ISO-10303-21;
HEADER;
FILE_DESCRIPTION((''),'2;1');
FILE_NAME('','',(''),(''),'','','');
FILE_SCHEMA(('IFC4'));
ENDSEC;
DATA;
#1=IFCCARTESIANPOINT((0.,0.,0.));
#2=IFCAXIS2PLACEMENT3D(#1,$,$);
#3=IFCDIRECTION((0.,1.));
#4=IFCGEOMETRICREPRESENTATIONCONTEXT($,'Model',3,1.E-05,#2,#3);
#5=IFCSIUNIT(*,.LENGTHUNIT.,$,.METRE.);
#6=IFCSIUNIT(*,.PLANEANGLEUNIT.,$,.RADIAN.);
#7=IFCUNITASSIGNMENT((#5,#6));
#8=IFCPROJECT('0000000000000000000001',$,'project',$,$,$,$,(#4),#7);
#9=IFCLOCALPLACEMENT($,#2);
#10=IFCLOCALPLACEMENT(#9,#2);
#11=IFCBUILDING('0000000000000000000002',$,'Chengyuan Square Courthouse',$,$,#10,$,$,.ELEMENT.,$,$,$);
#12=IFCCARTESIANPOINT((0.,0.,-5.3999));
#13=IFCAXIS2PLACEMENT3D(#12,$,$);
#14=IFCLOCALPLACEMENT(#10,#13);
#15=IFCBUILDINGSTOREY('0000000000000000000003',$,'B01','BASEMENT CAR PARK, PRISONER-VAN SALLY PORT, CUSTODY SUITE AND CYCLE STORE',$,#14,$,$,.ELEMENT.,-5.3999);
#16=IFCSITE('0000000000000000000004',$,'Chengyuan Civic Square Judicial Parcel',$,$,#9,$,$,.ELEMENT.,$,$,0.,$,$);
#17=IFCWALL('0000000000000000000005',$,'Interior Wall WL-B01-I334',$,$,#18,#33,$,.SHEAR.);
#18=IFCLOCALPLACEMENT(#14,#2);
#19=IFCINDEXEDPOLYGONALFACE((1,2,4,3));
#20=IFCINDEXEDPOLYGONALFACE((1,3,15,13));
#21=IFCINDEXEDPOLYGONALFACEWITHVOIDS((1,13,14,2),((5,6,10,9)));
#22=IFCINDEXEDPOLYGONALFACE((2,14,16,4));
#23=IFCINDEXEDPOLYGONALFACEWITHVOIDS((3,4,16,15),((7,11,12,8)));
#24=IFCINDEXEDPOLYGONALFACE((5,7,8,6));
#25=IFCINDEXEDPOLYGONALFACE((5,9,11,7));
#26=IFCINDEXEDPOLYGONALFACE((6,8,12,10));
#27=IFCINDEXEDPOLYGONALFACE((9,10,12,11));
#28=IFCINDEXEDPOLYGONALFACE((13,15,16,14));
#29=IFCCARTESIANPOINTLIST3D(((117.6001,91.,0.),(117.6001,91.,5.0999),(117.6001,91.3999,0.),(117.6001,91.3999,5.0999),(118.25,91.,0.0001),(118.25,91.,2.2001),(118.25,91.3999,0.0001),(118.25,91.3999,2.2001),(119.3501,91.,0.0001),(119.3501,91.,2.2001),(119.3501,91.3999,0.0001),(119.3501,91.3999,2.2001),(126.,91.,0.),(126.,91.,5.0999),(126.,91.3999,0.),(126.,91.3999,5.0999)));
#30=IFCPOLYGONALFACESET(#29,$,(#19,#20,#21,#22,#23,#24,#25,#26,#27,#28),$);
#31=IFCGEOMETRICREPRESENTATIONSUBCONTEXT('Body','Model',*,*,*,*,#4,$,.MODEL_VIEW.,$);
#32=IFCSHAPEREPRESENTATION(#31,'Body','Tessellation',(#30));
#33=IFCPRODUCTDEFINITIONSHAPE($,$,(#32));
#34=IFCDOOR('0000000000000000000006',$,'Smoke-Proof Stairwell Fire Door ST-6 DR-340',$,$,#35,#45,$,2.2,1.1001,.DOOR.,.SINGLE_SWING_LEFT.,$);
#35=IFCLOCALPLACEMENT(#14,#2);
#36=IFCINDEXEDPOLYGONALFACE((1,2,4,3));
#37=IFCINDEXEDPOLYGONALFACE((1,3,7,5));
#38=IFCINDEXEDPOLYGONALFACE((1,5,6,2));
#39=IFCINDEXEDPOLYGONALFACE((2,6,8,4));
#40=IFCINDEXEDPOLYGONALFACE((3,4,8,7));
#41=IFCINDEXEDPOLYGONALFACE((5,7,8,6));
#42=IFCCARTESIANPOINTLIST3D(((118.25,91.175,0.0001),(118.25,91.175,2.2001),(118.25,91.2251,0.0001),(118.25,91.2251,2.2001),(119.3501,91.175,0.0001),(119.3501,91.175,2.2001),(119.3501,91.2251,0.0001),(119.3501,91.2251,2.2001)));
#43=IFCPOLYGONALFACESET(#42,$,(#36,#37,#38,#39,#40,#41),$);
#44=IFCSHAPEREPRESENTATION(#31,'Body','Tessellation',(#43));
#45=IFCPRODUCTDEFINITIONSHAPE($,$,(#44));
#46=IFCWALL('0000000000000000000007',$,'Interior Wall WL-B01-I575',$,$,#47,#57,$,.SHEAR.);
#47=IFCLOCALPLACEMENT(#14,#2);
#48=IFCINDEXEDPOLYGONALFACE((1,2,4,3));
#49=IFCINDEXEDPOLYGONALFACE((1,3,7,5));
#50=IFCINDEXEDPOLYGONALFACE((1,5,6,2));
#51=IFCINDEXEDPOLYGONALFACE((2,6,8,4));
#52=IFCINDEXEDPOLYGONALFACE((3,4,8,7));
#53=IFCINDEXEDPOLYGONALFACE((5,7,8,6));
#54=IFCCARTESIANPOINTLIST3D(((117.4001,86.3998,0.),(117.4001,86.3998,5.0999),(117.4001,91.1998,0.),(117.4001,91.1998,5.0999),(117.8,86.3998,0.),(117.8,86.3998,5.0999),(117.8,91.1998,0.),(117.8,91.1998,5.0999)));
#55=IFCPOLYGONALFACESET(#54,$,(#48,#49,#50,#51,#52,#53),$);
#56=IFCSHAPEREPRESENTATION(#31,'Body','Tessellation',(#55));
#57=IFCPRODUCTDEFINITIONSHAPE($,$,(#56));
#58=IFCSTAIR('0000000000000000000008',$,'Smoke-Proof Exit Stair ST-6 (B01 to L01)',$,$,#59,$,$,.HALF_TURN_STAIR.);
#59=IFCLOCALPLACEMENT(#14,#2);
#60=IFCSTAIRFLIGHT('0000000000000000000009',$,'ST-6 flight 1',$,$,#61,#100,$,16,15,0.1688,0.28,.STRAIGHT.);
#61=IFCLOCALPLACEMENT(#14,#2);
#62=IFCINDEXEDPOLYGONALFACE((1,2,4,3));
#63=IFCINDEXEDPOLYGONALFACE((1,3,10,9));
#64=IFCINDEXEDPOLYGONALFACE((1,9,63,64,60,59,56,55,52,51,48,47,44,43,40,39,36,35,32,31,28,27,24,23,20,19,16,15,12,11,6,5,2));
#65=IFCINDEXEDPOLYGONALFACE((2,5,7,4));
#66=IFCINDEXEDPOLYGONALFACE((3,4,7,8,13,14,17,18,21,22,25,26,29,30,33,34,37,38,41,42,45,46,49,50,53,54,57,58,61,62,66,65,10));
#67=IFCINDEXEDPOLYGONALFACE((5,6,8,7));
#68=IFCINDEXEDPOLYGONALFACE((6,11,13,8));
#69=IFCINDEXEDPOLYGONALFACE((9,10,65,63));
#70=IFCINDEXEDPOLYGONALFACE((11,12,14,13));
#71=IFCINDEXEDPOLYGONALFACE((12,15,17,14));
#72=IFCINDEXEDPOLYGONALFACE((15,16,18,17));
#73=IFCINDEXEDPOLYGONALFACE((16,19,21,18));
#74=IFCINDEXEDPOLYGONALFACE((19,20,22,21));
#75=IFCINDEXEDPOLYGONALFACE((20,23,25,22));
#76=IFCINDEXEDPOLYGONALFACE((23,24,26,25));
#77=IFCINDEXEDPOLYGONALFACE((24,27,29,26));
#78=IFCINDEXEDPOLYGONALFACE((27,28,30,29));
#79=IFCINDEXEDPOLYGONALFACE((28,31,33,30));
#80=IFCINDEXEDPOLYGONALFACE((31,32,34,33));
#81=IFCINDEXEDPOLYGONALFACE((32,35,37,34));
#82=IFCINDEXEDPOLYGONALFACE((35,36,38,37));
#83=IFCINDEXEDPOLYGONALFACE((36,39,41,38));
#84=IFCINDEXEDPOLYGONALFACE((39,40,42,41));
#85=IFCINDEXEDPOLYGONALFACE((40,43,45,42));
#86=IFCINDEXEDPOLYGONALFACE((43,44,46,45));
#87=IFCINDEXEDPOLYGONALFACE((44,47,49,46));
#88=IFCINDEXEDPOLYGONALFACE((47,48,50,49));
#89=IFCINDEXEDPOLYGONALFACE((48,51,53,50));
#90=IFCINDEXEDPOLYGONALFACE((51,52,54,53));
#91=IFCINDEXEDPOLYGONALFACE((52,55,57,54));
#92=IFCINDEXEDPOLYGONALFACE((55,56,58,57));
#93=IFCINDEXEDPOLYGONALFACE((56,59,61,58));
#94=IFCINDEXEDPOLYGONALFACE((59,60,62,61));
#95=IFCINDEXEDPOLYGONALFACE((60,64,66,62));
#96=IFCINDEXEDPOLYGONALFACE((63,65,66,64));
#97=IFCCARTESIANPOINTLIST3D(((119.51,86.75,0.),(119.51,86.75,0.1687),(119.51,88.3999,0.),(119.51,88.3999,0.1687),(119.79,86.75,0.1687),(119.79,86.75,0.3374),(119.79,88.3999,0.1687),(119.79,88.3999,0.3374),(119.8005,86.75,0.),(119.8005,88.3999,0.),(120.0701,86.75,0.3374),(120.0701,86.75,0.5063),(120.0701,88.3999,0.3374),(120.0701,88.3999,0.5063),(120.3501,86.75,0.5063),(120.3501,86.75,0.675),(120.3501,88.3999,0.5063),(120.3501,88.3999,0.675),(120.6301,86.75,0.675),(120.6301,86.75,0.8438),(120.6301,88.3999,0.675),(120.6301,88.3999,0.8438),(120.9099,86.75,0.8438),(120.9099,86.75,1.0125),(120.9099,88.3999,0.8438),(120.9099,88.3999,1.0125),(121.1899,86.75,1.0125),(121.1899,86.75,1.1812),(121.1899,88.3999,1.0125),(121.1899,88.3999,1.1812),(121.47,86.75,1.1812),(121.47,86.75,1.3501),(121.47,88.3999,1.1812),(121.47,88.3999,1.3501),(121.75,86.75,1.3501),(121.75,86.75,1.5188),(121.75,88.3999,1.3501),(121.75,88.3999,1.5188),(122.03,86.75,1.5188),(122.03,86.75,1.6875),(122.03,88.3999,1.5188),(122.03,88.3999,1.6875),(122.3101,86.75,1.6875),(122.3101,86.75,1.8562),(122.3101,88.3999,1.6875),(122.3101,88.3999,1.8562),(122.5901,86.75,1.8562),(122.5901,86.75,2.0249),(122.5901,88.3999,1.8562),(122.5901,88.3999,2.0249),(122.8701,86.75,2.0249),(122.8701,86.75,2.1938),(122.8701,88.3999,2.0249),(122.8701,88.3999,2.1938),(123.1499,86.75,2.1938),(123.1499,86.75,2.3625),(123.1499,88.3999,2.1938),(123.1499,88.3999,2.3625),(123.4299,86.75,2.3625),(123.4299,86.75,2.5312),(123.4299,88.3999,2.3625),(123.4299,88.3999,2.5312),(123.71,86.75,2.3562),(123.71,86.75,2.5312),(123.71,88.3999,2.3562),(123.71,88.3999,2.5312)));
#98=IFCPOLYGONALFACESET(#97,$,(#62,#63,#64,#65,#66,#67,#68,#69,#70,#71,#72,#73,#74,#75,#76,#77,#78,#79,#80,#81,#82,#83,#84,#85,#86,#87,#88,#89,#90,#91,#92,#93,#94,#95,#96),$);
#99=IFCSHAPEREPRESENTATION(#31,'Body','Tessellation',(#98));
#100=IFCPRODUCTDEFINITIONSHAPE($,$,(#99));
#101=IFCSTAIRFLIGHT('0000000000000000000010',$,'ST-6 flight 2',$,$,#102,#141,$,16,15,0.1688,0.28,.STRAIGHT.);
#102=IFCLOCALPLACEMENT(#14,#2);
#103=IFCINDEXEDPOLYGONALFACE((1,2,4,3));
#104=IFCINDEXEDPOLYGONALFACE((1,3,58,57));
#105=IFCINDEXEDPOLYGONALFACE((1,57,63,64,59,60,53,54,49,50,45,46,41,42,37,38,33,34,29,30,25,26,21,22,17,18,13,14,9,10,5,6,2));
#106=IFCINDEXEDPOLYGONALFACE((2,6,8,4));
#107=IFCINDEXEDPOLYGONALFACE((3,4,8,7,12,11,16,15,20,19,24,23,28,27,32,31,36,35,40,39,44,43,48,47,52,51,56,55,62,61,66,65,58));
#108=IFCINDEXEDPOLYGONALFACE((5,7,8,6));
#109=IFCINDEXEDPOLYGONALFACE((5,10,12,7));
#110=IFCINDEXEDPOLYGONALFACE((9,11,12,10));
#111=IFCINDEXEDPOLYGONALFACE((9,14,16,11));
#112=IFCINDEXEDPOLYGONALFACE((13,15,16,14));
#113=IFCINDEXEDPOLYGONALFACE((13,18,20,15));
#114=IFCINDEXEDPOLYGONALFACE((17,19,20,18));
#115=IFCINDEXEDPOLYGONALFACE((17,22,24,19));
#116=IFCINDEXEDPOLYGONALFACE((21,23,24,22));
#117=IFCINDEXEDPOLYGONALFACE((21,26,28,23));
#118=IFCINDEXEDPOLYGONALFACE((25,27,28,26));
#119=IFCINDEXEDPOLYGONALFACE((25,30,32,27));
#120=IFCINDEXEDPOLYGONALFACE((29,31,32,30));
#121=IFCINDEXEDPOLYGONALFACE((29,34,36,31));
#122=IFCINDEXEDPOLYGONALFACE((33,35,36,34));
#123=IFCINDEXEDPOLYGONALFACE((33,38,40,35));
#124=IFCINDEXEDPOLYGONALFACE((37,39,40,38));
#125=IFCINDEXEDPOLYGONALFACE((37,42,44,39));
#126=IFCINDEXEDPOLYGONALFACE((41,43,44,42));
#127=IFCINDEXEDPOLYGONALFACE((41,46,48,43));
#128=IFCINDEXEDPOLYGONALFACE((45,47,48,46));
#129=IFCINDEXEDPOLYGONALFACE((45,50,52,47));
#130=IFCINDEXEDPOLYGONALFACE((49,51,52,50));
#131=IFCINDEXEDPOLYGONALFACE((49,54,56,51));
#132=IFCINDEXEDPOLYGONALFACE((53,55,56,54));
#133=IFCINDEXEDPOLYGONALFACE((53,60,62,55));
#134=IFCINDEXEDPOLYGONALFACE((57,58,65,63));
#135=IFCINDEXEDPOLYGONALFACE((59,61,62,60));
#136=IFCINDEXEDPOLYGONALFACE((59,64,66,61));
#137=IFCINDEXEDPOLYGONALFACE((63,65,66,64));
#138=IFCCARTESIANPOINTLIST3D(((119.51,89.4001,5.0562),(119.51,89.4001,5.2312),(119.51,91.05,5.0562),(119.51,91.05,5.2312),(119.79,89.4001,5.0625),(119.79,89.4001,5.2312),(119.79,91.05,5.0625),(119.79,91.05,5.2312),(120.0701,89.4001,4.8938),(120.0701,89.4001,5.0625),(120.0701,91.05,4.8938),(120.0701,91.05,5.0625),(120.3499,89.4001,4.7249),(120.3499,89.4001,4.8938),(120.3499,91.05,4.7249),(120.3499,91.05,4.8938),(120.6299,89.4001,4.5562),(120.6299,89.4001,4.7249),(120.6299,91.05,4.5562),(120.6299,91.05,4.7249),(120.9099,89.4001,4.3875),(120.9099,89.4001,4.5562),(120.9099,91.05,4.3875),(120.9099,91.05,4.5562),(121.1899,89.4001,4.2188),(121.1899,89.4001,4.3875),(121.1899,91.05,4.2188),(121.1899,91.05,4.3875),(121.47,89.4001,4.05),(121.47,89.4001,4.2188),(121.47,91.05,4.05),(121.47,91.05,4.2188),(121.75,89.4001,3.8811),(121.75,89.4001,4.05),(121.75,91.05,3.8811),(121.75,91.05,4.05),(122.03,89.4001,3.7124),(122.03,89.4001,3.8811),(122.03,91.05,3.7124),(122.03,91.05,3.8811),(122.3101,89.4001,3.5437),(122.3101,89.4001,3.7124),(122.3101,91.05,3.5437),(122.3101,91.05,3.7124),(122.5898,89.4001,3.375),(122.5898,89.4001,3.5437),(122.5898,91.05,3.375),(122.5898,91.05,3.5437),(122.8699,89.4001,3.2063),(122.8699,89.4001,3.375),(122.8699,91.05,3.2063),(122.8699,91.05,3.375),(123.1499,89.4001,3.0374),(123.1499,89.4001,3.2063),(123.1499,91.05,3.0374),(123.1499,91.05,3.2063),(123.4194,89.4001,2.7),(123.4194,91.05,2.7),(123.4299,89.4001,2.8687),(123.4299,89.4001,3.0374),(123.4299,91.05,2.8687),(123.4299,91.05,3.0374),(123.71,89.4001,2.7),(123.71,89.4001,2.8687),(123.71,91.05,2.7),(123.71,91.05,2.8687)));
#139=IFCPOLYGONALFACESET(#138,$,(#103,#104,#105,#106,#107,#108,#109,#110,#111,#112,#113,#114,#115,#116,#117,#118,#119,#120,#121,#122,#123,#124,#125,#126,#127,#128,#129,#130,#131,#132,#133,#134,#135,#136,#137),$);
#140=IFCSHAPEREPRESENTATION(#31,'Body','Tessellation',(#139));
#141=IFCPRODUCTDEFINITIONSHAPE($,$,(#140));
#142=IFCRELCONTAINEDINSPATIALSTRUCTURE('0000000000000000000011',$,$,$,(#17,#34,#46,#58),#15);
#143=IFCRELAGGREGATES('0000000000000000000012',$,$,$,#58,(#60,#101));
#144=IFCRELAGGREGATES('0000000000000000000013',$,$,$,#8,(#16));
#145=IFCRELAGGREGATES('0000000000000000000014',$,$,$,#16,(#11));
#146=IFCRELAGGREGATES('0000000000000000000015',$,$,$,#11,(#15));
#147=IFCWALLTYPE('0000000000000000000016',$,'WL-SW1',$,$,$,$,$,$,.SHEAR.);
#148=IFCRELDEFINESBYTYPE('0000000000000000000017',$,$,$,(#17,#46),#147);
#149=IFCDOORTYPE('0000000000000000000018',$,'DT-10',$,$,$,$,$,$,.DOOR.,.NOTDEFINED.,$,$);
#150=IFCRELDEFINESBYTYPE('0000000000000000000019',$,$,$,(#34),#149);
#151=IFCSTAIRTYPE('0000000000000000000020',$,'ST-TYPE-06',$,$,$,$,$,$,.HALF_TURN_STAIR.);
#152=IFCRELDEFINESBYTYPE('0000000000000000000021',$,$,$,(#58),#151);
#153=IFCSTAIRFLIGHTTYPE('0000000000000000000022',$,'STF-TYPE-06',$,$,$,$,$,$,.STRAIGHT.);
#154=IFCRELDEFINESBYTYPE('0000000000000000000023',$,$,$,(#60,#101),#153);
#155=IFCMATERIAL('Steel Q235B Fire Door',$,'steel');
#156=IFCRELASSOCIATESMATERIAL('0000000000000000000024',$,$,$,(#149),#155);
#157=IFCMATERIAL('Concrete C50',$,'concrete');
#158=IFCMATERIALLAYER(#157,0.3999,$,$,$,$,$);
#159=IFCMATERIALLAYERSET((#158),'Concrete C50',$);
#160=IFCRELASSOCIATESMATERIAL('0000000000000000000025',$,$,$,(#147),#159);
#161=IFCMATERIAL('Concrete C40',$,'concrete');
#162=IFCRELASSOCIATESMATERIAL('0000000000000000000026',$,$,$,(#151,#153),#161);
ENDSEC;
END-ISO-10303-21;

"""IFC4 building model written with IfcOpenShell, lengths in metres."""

from ifc_helpers import new_model, si_unit, direction, frame, frame_2d, origin, place, context, subcontext, project, spatial, polyline, rectangle, outline, extrude, material, layer, layer_set, type_object, element, fill, aggregate, save


model = new_model("IFC4")

# Units and contexts
model_context = context("Model", 3, precision=1e-05, world=origin(), true_north=direction((0.0, 1.0)))
body_context = subcontext(model_context, "Body", "Model", "MODEL_VIEW")
ifc_project = project(units=[si_unit("LENGTHUNIT", "METRE"), si_unit("PLANEANGLEUNIT", "RADIAN")], contexts=[model_context])

# Site, building, storey
site_placement = place(None, origin())
site = spatial("IfcSite", under=ifc_project, at=site_placement, Name="Chengyuan Civic Square Judicial Parcel", CompositionType="ELEMENT", RefElevation=0.0)
building_placement = place(site_placement, origin())
building = spatial("IfcBuilding", under=site, at=building_placement, Name="Chengyuan Square Courthouse", CompositionType="ELEMENT")
storey_placement = place(building_placement, frame((0.0, 0.0, -5.3999)))
storey = spatial("IfcBuildingStorey", under=building, at=storey_placement, Name="B01", Description="BASEMENT CAR PARK, PRISONER-VAN SALLY PORT, CUSTODY SUITE AND CYCLE STORE", CompositionType="ELEMENT", Elevation=-5.3999)

# Shared definitions
ifc_material_1 = material(Name="Concrete C50", Category="concrete")

# Shared definitions
ifc_material_2 = material(Name="Concrete C40", Category="concrete")

# Shared definitions
ifc_material_3 = material(Name="Steel Q235B Fire Door", Category="steel")
door_type_1 = type_object("IfcDoorType", Name="DT-10", OperationType="NOTDEFINED", PredefinedType="DOOR", material=ifc_material_3)

# Shared definitions
ifc_layer_1 = layer(ifc_material_1, 0.3999)
ifc_layer_set_1 = layer_set([ifc_layer_1], Name="Concrete C50")
wall_type_1 = type_object("IfcWallType", Name="WL-SW1", PredefinedType="SHEAR", material=ifc_layer_set_1)

# Wall, opening, door
wall_1_placement = place(storey_placement, frame((117.6001, 91.2, 0.0), z_axis=(0.0, 0.0, 1.0), x_axis=(1.0, 0.0, 0.0)))
wall_1 = element("IfcWall", 1, at=wall_1_placement, inside=storey, type_object=wall_type_1, Name="Interior Wall WL-B01-I334", PredefinedType="SHEAR", context=body_context, shape_type="SweptSolid", body=[
    extrude(rectangle(XDim=8.3999, YDim=0.3999, at=frame_2d((4.2, 0.0))), origin(), (0.0, 0.0, 1.0), 5.0999),
])
opening_1_placement = place(wall_1_placement, frame((0.6499, 0.0, 0.0)))
opening_1 = element("IfcOpeningElement", 2, at=opening_1_placement, cuts=wall_1, PredefinedType="OPENING", context=body_context, shape_type="SweptSolid", body=[
    extrude(rectangle(XDim=1.1001, YDim=2.2, at=frame_2d((0.55, 1.1001))), frame((0.0, 0.2119, 0.0), z_axis=(0.0, -1.0, 0.0), x_axis=(1.0, 0.0, 0.0)), (0.0, 0.0, 1.0), 0.4238),
])
door_1_placement = place(opening_1_placement, frame((1.1001, 0.0, 0.0), z_axis=(0.0, 0.0, 1.0), x_axis=(-1.0, 0.0, 0.0)))
door_1 = element("IfcDoor", 3, at=door_1_placement, inside=storey, type_object=door_type_1, Name="Smoke-Proof Stairwell Fire Door ST-6 DR-340", OperationType="SINGLE_SWING_LEFT", OverallHeight=2.2, OverallWidth=1.1001, PredefinedType="DOOR", context=body_context, shape_type="SweptSolid", body=[
    extrude(rectangle(XDim=1.1001, YDim=2.2, at=frame_2d((0.55, 1.1001))), frame((0.0, 0.0249, 0.0), z_axis=(0.0, -1.0, 0.0), x_axis=(1.0, 0.0, 0.0)), (0.0, 0.0, 1.0), 0.05),
])
fill(opening_1, door_1)

# Wall
wall_2_placement = place(storey_placement, frame((117.6001, 86.3999, 0.0), z_axis=(0.0, 0.0, 1.0), x_axis=(0.0, 1.0, 0.0)))
element("IfcWall", 4, at=wall_2_placement, inside=storey, type_object=wall_type_1, Name="Interior Wall WL-B01-I575", PredefinedType="SHEAR", context=body_context, shape_type="SweptSolid", body=[
    extrude(rectangle(XDim=4.8, YDim=0.3999, at=frame_2d((2.3999, 0.0))), origin(), (0.0, 0.0, 1.0), 5.0999),
])

# Stair, stair flights
stair_type = type_object("IfcStairType", Name="ST-TYPE-06", PredefinedType="HALF_TURN_STAIR", material=ifc_material_2)
stair_placement = place(storey_placement, origin())
stair = element("IfcStair", 5, at=stair_placement, inside=storey, type_object=stair_type, Name="Smoke-Proof Exit Stair ST-6 (B01 to L01)", PredefinedType="HALF_TURN_STAIR")
stair_flight_type = type_object("IfcStairFlightType", Name="STF-TYPE-06", PredefinedType="STRAIGHT", material=ifc_material_2)
stair_flight_1_placement = place(storey_placement, frame((119.51, 87.575, 0.0), z_axis=(0.0, 0.0, 1.0), x_axis=(1.0, 0.0, 0.0)))
stair_flight_1 = element("IfcStairFlight", 6, at=stair_flight_1_placement, type_object=stair_flight_type, Name="ST-6 flight 1", NumberOfRisers=16, NumberOfTreads=15, PredefinedType="STRAIGHT", RiserHeight=0.1688, TreadLength=0.28, context=body_context, shape_type="SweptSolid", body=[
    extrude(outline(polyline([(0.0, 0.0), (0.0, 0.1687), (0.28, 0.1687), (0.28, 0.3374), (0.5601, 0.3374), (0.5601, 0.5063), (0.8401, 0.5063), (0.8401, 0.675), (1.1201, 0.675), (1.1201, 0.8438), (1.3999, 0.8438), (1.3999, 1.0125), (1.6799, 1.0125), (1.6799, 1.1812), (1.96, 1.1812), (1.96, 1.3501), (2.24, 1.3501), (2.24, 1.5188), (2.52, 1.5188), (2.52, 1.6875), (2.8, 1.6875), (2.8, 1.8562), (3.0801, 1.8562), (3.0801, 2.0249), (3.3601, 2.0249), (3.3601, 2.1938), (3.6399, 2.1938), (3.6399, 2.3625), (3.9199, 2.3625), (3.9199, 2.5312), (4.2, 2.5312), (4.2, 2.7), (4.2, 2.3562), (0.2905, 0.0), (0.0, 0.0)])), frame((0.0, 0.825, 0.0), z_axis=(0.0, -1.0, 0.0), x_axis=(1.0, 0.0, 0.0)), (0.0, 0.0, 1.0), 1.6499),
])
stair_flight_2_placement = place(storey_placement, frame((123.71, 90.2251, 2.7), z_axis=(0.0, 0.0, 1.0), x_axis=(-1.0, 0.0, 0.0)))
stair_flight_2 = element("IfcStairFlight", 7, at=stair_flight_2_placement, type_object=stair_flight_type, Name="ST-6 flight 2", NumberOfRisers=16, NumberOfTreads=15, PredefinedType="STRAIGHT", RiserHeight=0.1688, TreadLength=0.28, context=body_context, shape_type="SweptSolid", body=[
    extrude(outline(polyline([(0.0, 0.0), (0.0, 0.1687), (0.28, 0.1687), (0.28, 0.3374), (0.5601, 0.3374), (0.5601, 0.5063), (0.8401, 0.5063), (0.8401, 0.675), (1.1201, 0.675), (1.1201, 0.8438), (1.3999, 0.8438), (1.3999, 1.0125), (1.6799, 1.0125), (1.6799, 1.1812), (1.96, 1.1812), (1.96, 1.3501), (2.24, 1.3501), (2.24, 1.5188), (2.52, 1.5188), (2.52, 1.6875), (2.8, 1.6875), (2.8, 1.8562), (3.0801, 1.8562), (3.0801, 2.0249), (3.3601, 2.0249), (3.3601, 2.1938), (3.6399, 2.1938), (3.6399, 2.3625), (3.9199, 2.3625), (3.9199, 2.5312), (4.2, 2.5312), (4.2, 2.7), (4.2, 2.3562), (0.2905, 0.0), (0.0, 0.0)])), frame((0.0, 0.825, 0.0), z_axis=(0.0, -1.0, 0.0), x_axis=(1.0, 0.0, 0.0)), (0.0, 0.0, 1.0), 1.6499),
])
aggregate(stair, [stair_flight_1, stair_flight_2])

save(model, "model.ifc")
